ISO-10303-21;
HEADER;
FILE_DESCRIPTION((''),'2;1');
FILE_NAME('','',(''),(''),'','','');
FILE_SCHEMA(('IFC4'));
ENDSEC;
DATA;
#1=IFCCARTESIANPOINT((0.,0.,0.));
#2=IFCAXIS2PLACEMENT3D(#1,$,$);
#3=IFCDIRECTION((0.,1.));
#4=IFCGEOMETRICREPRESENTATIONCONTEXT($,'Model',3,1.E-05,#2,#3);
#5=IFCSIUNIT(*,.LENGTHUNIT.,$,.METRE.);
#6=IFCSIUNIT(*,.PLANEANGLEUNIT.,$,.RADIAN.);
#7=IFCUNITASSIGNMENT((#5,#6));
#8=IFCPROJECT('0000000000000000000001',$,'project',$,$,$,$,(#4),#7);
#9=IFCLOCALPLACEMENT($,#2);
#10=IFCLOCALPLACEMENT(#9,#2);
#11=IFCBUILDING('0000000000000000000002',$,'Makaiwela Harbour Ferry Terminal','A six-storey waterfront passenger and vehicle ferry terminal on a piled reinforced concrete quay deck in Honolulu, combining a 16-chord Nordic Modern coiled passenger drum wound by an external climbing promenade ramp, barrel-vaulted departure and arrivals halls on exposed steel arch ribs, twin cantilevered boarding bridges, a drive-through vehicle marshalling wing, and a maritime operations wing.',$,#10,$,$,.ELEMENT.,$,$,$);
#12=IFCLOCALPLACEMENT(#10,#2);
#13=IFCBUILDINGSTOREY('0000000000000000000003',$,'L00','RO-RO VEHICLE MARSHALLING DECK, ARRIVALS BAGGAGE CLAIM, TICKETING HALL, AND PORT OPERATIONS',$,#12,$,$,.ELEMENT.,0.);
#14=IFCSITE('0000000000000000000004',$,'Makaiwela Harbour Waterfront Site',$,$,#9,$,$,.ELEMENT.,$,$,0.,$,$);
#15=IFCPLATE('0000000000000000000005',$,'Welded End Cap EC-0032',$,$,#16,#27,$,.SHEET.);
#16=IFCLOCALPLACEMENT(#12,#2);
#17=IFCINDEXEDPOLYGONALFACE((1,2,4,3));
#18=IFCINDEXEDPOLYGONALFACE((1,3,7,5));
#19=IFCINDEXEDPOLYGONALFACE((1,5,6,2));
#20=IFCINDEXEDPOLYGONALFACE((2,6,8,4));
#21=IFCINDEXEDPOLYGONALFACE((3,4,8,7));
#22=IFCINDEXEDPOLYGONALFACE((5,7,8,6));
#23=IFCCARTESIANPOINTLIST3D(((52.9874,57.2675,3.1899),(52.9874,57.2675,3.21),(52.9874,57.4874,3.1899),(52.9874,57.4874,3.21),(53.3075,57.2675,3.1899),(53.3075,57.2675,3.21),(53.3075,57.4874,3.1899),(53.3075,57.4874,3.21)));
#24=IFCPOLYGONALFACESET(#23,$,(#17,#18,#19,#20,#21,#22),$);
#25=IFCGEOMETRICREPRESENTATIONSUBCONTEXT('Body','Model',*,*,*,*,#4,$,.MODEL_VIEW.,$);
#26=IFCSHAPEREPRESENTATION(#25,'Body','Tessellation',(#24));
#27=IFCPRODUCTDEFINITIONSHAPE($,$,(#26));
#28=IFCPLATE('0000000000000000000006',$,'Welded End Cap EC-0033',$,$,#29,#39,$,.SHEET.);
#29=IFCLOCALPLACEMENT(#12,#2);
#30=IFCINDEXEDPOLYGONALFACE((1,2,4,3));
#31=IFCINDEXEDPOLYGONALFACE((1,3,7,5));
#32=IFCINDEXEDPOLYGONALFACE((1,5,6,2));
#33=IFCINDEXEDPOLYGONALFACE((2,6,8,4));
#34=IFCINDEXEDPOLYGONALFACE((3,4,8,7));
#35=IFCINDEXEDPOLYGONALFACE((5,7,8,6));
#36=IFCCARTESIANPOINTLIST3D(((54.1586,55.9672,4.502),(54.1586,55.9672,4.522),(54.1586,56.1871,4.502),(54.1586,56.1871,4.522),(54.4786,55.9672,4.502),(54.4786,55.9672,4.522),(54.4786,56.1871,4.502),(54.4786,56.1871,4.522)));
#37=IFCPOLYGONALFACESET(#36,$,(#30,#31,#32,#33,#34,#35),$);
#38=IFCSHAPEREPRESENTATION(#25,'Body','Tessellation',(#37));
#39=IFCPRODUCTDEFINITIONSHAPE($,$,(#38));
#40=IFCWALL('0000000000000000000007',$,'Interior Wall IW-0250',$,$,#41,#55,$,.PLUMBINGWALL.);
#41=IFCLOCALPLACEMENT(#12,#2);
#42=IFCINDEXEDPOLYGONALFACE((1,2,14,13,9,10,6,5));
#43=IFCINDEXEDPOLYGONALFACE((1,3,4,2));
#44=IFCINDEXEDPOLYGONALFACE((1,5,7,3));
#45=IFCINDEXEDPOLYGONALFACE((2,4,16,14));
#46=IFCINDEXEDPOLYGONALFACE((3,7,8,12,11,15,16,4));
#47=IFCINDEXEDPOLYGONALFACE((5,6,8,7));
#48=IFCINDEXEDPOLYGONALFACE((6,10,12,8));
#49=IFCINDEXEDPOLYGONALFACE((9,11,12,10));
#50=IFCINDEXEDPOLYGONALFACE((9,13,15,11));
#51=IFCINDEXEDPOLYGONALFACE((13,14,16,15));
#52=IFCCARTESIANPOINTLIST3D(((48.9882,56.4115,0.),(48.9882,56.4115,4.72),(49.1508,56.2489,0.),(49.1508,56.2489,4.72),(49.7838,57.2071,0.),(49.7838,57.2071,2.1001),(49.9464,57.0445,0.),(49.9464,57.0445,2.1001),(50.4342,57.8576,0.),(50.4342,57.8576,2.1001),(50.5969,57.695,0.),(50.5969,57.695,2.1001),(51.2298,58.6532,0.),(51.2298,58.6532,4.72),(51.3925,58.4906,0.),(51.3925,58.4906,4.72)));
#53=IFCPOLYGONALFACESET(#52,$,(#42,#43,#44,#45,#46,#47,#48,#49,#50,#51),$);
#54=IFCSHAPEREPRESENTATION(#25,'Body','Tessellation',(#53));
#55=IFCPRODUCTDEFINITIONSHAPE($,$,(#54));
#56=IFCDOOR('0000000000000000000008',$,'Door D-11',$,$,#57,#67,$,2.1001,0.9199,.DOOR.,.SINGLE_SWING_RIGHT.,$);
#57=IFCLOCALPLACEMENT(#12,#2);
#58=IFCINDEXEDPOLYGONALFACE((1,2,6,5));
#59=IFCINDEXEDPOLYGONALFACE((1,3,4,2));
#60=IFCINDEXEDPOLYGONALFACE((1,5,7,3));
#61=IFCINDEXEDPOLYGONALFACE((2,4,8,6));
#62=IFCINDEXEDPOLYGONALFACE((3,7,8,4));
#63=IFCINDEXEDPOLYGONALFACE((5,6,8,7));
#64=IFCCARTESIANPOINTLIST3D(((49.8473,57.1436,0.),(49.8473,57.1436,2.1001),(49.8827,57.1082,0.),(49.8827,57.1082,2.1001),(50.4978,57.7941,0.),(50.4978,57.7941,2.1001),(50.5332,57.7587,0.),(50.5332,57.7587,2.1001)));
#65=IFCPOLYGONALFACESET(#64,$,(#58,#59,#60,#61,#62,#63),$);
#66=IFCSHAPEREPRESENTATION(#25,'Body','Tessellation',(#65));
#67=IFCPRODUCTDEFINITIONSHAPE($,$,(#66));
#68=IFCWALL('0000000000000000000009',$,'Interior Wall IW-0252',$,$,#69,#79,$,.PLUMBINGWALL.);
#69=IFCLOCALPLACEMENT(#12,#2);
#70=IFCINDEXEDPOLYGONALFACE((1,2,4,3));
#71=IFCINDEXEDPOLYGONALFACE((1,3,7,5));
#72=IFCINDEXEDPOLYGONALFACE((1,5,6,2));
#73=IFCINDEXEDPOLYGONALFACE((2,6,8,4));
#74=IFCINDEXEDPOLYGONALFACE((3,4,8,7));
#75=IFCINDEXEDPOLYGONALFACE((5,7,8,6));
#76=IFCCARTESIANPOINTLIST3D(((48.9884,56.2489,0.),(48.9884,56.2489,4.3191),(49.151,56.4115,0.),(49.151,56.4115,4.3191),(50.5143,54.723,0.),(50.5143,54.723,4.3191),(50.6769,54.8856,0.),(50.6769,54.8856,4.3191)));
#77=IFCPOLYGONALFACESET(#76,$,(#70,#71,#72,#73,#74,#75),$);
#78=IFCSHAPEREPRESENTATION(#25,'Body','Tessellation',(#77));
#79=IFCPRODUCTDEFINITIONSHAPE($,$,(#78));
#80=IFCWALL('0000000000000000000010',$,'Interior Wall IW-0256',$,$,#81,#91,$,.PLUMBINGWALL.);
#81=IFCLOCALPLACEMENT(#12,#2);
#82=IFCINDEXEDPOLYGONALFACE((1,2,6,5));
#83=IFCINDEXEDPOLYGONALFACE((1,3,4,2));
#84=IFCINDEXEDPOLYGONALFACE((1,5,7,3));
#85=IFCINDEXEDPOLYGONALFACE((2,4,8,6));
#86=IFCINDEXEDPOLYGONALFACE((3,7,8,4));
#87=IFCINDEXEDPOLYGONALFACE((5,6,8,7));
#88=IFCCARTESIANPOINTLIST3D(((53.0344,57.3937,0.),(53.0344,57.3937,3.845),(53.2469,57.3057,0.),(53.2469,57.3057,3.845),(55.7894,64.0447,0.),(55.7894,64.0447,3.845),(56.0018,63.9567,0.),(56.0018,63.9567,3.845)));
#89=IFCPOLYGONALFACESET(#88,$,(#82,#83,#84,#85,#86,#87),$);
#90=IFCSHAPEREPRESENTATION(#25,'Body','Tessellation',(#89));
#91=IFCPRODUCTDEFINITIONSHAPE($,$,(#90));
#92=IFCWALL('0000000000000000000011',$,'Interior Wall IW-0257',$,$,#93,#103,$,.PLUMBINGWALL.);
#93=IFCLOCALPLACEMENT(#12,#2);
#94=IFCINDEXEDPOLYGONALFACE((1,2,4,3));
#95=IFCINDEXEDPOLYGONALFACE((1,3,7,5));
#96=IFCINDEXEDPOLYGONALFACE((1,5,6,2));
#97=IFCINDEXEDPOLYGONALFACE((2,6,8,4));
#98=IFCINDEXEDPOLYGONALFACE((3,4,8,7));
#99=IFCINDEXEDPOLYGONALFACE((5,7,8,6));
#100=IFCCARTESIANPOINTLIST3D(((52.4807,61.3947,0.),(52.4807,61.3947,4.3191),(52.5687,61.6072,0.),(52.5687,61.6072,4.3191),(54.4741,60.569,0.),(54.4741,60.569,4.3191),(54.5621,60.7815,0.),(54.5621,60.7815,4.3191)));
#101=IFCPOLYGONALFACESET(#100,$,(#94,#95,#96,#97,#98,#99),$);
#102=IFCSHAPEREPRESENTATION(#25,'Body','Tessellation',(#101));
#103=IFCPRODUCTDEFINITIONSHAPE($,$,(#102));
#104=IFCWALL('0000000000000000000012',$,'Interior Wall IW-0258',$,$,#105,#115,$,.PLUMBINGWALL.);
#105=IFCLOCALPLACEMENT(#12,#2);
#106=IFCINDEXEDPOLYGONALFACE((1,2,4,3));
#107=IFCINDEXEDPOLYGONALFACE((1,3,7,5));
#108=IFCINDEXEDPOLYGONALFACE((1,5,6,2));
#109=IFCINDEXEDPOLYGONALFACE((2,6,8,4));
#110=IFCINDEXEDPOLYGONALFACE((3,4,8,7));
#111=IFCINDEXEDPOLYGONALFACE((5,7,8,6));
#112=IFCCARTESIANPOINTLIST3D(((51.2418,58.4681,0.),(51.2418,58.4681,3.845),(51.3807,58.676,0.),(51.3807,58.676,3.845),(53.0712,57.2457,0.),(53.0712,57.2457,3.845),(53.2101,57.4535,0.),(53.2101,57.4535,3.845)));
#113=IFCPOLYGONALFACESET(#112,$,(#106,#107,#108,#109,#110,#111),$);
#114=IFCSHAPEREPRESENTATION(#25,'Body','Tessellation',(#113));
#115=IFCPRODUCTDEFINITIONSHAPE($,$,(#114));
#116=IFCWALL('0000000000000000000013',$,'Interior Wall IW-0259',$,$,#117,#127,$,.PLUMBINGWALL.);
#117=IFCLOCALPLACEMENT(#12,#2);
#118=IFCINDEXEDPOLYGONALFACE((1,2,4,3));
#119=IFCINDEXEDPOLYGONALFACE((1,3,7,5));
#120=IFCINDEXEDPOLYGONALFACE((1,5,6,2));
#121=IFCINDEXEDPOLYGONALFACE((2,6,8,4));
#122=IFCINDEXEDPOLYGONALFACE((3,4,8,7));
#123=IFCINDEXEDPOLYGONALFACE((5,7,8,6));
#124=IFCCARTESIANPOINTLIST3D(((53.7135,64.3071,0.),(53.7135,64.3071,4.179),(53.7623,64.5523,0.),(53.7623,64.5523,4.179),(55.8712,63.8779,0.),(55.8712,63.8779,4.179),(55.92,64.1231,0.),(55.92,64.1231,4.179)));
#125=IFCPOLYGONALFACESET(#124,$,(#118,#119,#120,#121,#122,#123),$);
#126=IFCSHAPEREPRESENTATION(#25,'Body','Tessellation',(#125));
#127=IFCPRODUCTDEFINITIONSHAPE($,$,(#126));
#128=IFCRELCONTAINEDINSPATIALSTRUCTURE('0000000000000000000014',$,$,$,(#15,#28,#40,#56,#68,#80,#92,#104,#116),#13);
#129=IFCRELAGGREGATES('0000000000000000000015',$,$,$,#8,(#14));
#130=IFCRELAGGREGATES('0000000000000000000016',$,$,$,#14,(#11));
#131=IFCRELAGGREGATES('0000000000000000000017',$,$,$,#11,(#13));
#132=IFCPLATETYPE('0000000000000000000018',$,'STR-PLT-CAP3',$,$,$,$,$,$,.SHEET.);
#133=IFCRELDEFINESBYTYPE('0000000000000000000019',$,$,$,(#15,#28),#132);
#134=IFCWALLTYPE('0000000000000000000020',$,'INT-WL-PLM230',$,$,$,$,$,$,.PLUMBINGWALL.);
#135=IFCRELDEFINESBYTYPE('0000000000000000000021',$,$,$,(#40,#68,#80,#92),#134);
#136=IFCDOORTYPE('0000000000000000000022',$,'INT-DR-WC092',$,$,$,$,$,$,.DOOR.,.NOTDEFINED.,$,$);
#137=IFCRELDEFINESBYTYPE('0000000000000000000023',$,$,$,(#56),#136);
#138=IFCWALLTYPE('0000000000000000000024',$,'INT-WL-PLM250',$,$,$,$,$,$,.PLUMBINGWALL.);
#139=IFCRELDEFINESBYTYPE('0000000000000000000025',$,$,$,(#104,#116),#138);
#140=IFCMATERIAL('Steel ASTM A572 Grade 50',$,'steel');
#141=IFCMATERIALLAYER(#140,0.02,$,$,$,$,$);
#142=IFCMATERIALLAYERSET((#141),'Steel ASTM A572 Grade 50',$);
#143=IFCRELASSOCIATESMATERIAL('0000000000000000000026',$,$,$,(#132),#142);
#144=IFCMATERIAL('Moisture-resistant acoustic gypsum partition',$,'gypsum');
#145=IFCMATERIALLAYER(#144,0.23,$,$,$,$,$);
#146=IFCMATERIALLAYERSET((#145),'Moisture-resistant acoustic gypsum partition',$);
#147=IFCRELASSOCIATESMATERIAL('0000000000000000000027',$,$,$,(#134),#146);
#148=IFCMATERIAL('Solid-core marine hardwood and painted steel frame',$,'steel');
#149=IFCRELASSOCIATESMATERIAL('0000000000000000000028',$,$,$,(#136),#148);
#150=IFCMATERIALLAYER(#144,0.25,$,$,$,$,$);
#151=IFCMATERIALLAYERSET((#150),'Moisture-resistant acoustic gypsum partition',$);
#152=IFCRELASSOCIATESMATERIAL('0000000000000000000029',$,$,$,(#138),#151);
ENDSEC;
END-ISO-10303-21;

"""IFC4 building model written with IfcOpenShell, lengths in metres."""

from ifc_helpers import new_model, si_unit, direction, frame, frame_2d, origin, origin_2d, place, context, subcontext, project, spatial, rectangle, extrude, material, layer, layer_set, type_object, element, fill, save


model = new_model("IFC4")

# Units and contexts
model_context = context("Model", 3, precision=1e-05, world=origin(), true_north=direction((0.0, 1.0)))
body_context = subcontext(model_context, "Body", "Model", "MODEL_VIEW")
ifc_project = project(units=[si_unit("LENGTHUNIT", "METRE"), si_unit("PLANEANGLEUNIT", "RADIAN")], contexts=[model_context])

# Site, building, storey
site_placement = place(None, origin())
site = spatial("IfcSite", under=ifc_project, at=site_placement, Name="Makaiwela Harbour Waterfront Site", CompositionType="ELEMENT", RefElevation=0.0)
building_placement = place(site_placement, origin())
building = spatial("IfcBuilding", under=site, at=building_placement, Name="Makaiwela Harbour Ferry Terminal", Description="A six-storey waterfront passenger and vehicle ferry terminal on a piled reinforced concrete quay deck in Honolulu, combining a 16-chord Nordic Modern coiled passenger drum wound by an external climbing promenade ramp, barrel-vaulted departure and arrivals halls on exposed steel arch ribs, twin cantilevered boarding bridges, a drive-through vehicle marshalling wing, and a maritime operations wing.", CompositionType="ELEMENT")
storey_placement = place(building_placement, origin())
storey = spatial("IfcBuildingStorey", under=building, at=storey_placement, Name="L00", Description="RO-RO VEHICLE MARSHALLING DECK, ARRIVALS BAGGAGE CLAIM, TICKETING HALL, AND PORT OPERATIONS", CompositionType="ELEMENT", Elevation=0.0)

# Plates
ifc_material_1 = material(Name="Steel ASTM A572 Grade 50", Category="steel")
ifc_layer_1 = layer(ifc_material_1, 0.02)
ifc_layer_set_1 = layer_set([ifc_layer_1], Name="Steel ASTM A572 Grade 50")
plate_type = type_object("IfcPlateType", Name="STR-PLT-CAP3", PredefinedType="SHEET", material=ifc_layer_set_1)
for number, where, z_axis, x_axis, name in (
    (1, (53.1475, 57.3774, 3.1899), (0.0, 0.0, 1.0), (1.0, 0.0, 0.0), "Welded End Cap EC-0032"),
    (2, (54.3186, 56.0771, 4.502), (0.0, 0.0, 1.0), (1.0, 0.0, 0.0), "Welded End Cap EC-0033"),
):
    element("IfcPlate", number, at=place(storey_placement, frame(where, z_axis=z_axis, x_axis=x_axis)), inside=storey, type_object=plate_type, Name=name, PredefinedType="SHEET", context=body_context, shape_type="SweptSolid", body=[
        extrude(rectangle(XDim=0.3201, YDim=0.22, at=origin_2d()), origin(), (0.0, 0.0, 1.0), 0.02),
    ])

# Wall, opening, door
ifc_material_2 = material(Name="Moisture-resistant acoustic gypsum partition", Category="gypsum")
ifc_layer_2 = layer(ifc_material_2, 0.23)
ifc_layer_set_2 = layer_set([ifc_layer_2], Name="Moisture-resistant acoustic gypsum partition")
wall_type_1 = type_object("IfcWallType", Name="INT-WL-PLM230", PredefinedType="PLUMBINGWALL", material=ifc_layer_set_2)
wall_1_placement = place(storey_placement, frame((49.0696, 56.3303, 0.0), z_axis=(0.0, 0.0, 1.0), x_axis=(0.707107, 0.707107, 0.0)))
wall_1 = element("IfcWall", 3, at=wall_1_placement, inside=storey, type_object=wall_type_1, Name="Interior Wall IW-0250", PredefinedType="PLUMBINGWALL", context=body_context, shape_type="SweptSolid", body=[
    extrude(rectangle(XDim=3.1702, YDim=0.23, at=frame_2d((1.585, 0.0))), origin(), (0.0, 0.0, 1.0), 4.72),
])
opening_1_placement = place(wall_1_placement, frame((1.125, 0.0, 0.0)))
opening_1 = element("IfcOpeningElement", 4, at=opening_1_placement, cuts=wall_1, PredefinedType="OPENING", context=body_context, shape_type="SweptSolid", body=[
    extrude(rectangle(XDim=0.9199, YDim=2.1001, at=frame_2d((0.46, 1.05))), frame((0.0, 0.125, 0.0), z_axis=(0.0, -1.0, 0.0), x_axis=(1.0, 0.0, 0.0)), (0.0, 0.0, 1.0), 0.25),
])
ifc_material_3 = material(Name="Solid-core marine hardwood and painted steel frame", Category="steel")
door_type_1 = type_object("IfcDoorType", Name="INT-DR-WC092", OperationType="NOTDEFINED", PredefinedType="DOOR", material=ifc_material_3)
door_1_placement = place(opening_1_placement, frame((0.9199, 0.0, 0.0), z_axis=(0.0, 0.0, 1.0), x_axis=(-1.0, 0.0, 0.0)))
door_1 = element("IfcDoor", 5, at=door_1_placement, inside=storey, type_object=door_type_1, Name="Door D-11", OperationType="SINGLE_SWING_RIGHT", OverallHeight=2.1001, OverallWidth=0.9199, PredefinedType="DOOR", context=body_context, shape_type="SweptSolid", body=[
    extrude(rectangle(XDim=0.9199, YDim=2.1001, at=frame_2d((0.46, 1.05))), frame((0.0, 0.0249, 0.0), z_axis=(0.0, -1.0, 0.0), x_axis=(1.0, 0.0, 0.0)), (0.0, 0.0, 1.0), 0.05),
])
fill(opening_1, door_1)

# Wall
wall_2_placement = place(storey_placement, frame((49.0696, 56.3303, 0.0), z_axis=(0.0, 0.0, 1.0), x_axis=(0.707107, -0.707107, 0.0)))
element("IfcWall", 6, at=wall_2_placement, inside=storey, type_object=wall_type_1, Name="Interior Wall IW-0252", PredefinedType="PLUMBINGWALL", context=body_context, shape_type="SweptSolid", body=[
    extrude(rectangle(XDim=2.158, YDim=0.23, at=frame_2d((1.0791, 0.0))), origin(), (0.0, 0.0, 1.0), 4.3191),
])

# Walls
wall_3_placement = place(storey_placement, frame((53.1406, 57.3496, 0.0), z_axis=(0.0, 0.0, 1.0), x_axis=(0.382683, 0.92388, 0.0)))
element("IfcWall", 7, at=wall_3_placement, inside=storey, type_object=wall_type_1, Name="Interior Wall IW-0256", PredefinedType="PLUMBINGWALL", context=body_context, shape_type="SweptSolid", body=[
    extrude(rectangle(XDim=7.199, YDim=0.23, at=frame_2d((3.5996, 0.0))), origin(), (0.0, 0.0, 1.0), 3.845),
])
wall_4_placement = place(storey_placement, frame((52.5247, 61.501, 0.0), z_axis=(0.0, 0.0, 1.0), x_axis=(0.923882, -0.382678, 0.0)))
element("IfcWall", 8, at=wall_4_placement, inside=storey, type_object=wall_type_1, Name="Interior Wall IW-0257", PredefinedType="PLUMBINGWALL", context=body_context, shape_type="SweptSolid", body=[
    extrude(rectangle(XDim=2.1577, YDim=0.23, at=frame_2d((1.0789, 0.0))), origin(), (0.0, 0.0, 1.0), 4.3191),
])

# Shared definitions
ifc_layer_3 = layer(ifc_material_2, 0.25)
ifc_layer_set_3 = layer_set([ifc_layer_3], Name="Moisture-resistant acoustic gypsum partition")
wall_type_2 = type_object("IfcWallType", Name="INT-WL-PLM250", PredefinedType="PLUMBINGWALL", material=ifc_layer_set_3)

# Walls
wall_5_placement = place(storey_placement, frame((51.3113, 58.572, 0.0), z_axis=(0.0, 0.0, 1.0), x_axis=(0.831452, -0.555596, 0.0)))
element("IfcWall", 9, at=wall_5_placement, inside=storey, type_object=wall_type_2, Name="Interior Wall IW-0258", PredefinedType="PLUMBINGWALL", context=body_context, shape_type="SweptSolid", body=[
    extrude(rectangle(XDim=2.2002, YDim=0.25, at=frame_2d((1.1001, 0.0))), origin(), (0.0, 0.0, 1.0), 3.845),
])
wall_6_placement = place(storey_placement, frame((53.7378, 64.4297, 0.0), z_axis=(0.0, 0.0, 1.0), x_axis=(0.980785, -0.195092, 0.0)))
element("IfcWall", 10, at=wall_6_placement, inside=storey, type_object=wall_type_2, Name="Interior Wall IW-0259", PredefinedType="PLUMBINGWALL", context=body_context, shape_type="SweptSolid", body=[
    extrude(rectangle(XDim=2.2, YDim=0.25, at=frame_2d((1.1001, 0.0))), origin(), (0.0, 0.0, 1.0), 4.179),
])

save(model, "model.ifc")
